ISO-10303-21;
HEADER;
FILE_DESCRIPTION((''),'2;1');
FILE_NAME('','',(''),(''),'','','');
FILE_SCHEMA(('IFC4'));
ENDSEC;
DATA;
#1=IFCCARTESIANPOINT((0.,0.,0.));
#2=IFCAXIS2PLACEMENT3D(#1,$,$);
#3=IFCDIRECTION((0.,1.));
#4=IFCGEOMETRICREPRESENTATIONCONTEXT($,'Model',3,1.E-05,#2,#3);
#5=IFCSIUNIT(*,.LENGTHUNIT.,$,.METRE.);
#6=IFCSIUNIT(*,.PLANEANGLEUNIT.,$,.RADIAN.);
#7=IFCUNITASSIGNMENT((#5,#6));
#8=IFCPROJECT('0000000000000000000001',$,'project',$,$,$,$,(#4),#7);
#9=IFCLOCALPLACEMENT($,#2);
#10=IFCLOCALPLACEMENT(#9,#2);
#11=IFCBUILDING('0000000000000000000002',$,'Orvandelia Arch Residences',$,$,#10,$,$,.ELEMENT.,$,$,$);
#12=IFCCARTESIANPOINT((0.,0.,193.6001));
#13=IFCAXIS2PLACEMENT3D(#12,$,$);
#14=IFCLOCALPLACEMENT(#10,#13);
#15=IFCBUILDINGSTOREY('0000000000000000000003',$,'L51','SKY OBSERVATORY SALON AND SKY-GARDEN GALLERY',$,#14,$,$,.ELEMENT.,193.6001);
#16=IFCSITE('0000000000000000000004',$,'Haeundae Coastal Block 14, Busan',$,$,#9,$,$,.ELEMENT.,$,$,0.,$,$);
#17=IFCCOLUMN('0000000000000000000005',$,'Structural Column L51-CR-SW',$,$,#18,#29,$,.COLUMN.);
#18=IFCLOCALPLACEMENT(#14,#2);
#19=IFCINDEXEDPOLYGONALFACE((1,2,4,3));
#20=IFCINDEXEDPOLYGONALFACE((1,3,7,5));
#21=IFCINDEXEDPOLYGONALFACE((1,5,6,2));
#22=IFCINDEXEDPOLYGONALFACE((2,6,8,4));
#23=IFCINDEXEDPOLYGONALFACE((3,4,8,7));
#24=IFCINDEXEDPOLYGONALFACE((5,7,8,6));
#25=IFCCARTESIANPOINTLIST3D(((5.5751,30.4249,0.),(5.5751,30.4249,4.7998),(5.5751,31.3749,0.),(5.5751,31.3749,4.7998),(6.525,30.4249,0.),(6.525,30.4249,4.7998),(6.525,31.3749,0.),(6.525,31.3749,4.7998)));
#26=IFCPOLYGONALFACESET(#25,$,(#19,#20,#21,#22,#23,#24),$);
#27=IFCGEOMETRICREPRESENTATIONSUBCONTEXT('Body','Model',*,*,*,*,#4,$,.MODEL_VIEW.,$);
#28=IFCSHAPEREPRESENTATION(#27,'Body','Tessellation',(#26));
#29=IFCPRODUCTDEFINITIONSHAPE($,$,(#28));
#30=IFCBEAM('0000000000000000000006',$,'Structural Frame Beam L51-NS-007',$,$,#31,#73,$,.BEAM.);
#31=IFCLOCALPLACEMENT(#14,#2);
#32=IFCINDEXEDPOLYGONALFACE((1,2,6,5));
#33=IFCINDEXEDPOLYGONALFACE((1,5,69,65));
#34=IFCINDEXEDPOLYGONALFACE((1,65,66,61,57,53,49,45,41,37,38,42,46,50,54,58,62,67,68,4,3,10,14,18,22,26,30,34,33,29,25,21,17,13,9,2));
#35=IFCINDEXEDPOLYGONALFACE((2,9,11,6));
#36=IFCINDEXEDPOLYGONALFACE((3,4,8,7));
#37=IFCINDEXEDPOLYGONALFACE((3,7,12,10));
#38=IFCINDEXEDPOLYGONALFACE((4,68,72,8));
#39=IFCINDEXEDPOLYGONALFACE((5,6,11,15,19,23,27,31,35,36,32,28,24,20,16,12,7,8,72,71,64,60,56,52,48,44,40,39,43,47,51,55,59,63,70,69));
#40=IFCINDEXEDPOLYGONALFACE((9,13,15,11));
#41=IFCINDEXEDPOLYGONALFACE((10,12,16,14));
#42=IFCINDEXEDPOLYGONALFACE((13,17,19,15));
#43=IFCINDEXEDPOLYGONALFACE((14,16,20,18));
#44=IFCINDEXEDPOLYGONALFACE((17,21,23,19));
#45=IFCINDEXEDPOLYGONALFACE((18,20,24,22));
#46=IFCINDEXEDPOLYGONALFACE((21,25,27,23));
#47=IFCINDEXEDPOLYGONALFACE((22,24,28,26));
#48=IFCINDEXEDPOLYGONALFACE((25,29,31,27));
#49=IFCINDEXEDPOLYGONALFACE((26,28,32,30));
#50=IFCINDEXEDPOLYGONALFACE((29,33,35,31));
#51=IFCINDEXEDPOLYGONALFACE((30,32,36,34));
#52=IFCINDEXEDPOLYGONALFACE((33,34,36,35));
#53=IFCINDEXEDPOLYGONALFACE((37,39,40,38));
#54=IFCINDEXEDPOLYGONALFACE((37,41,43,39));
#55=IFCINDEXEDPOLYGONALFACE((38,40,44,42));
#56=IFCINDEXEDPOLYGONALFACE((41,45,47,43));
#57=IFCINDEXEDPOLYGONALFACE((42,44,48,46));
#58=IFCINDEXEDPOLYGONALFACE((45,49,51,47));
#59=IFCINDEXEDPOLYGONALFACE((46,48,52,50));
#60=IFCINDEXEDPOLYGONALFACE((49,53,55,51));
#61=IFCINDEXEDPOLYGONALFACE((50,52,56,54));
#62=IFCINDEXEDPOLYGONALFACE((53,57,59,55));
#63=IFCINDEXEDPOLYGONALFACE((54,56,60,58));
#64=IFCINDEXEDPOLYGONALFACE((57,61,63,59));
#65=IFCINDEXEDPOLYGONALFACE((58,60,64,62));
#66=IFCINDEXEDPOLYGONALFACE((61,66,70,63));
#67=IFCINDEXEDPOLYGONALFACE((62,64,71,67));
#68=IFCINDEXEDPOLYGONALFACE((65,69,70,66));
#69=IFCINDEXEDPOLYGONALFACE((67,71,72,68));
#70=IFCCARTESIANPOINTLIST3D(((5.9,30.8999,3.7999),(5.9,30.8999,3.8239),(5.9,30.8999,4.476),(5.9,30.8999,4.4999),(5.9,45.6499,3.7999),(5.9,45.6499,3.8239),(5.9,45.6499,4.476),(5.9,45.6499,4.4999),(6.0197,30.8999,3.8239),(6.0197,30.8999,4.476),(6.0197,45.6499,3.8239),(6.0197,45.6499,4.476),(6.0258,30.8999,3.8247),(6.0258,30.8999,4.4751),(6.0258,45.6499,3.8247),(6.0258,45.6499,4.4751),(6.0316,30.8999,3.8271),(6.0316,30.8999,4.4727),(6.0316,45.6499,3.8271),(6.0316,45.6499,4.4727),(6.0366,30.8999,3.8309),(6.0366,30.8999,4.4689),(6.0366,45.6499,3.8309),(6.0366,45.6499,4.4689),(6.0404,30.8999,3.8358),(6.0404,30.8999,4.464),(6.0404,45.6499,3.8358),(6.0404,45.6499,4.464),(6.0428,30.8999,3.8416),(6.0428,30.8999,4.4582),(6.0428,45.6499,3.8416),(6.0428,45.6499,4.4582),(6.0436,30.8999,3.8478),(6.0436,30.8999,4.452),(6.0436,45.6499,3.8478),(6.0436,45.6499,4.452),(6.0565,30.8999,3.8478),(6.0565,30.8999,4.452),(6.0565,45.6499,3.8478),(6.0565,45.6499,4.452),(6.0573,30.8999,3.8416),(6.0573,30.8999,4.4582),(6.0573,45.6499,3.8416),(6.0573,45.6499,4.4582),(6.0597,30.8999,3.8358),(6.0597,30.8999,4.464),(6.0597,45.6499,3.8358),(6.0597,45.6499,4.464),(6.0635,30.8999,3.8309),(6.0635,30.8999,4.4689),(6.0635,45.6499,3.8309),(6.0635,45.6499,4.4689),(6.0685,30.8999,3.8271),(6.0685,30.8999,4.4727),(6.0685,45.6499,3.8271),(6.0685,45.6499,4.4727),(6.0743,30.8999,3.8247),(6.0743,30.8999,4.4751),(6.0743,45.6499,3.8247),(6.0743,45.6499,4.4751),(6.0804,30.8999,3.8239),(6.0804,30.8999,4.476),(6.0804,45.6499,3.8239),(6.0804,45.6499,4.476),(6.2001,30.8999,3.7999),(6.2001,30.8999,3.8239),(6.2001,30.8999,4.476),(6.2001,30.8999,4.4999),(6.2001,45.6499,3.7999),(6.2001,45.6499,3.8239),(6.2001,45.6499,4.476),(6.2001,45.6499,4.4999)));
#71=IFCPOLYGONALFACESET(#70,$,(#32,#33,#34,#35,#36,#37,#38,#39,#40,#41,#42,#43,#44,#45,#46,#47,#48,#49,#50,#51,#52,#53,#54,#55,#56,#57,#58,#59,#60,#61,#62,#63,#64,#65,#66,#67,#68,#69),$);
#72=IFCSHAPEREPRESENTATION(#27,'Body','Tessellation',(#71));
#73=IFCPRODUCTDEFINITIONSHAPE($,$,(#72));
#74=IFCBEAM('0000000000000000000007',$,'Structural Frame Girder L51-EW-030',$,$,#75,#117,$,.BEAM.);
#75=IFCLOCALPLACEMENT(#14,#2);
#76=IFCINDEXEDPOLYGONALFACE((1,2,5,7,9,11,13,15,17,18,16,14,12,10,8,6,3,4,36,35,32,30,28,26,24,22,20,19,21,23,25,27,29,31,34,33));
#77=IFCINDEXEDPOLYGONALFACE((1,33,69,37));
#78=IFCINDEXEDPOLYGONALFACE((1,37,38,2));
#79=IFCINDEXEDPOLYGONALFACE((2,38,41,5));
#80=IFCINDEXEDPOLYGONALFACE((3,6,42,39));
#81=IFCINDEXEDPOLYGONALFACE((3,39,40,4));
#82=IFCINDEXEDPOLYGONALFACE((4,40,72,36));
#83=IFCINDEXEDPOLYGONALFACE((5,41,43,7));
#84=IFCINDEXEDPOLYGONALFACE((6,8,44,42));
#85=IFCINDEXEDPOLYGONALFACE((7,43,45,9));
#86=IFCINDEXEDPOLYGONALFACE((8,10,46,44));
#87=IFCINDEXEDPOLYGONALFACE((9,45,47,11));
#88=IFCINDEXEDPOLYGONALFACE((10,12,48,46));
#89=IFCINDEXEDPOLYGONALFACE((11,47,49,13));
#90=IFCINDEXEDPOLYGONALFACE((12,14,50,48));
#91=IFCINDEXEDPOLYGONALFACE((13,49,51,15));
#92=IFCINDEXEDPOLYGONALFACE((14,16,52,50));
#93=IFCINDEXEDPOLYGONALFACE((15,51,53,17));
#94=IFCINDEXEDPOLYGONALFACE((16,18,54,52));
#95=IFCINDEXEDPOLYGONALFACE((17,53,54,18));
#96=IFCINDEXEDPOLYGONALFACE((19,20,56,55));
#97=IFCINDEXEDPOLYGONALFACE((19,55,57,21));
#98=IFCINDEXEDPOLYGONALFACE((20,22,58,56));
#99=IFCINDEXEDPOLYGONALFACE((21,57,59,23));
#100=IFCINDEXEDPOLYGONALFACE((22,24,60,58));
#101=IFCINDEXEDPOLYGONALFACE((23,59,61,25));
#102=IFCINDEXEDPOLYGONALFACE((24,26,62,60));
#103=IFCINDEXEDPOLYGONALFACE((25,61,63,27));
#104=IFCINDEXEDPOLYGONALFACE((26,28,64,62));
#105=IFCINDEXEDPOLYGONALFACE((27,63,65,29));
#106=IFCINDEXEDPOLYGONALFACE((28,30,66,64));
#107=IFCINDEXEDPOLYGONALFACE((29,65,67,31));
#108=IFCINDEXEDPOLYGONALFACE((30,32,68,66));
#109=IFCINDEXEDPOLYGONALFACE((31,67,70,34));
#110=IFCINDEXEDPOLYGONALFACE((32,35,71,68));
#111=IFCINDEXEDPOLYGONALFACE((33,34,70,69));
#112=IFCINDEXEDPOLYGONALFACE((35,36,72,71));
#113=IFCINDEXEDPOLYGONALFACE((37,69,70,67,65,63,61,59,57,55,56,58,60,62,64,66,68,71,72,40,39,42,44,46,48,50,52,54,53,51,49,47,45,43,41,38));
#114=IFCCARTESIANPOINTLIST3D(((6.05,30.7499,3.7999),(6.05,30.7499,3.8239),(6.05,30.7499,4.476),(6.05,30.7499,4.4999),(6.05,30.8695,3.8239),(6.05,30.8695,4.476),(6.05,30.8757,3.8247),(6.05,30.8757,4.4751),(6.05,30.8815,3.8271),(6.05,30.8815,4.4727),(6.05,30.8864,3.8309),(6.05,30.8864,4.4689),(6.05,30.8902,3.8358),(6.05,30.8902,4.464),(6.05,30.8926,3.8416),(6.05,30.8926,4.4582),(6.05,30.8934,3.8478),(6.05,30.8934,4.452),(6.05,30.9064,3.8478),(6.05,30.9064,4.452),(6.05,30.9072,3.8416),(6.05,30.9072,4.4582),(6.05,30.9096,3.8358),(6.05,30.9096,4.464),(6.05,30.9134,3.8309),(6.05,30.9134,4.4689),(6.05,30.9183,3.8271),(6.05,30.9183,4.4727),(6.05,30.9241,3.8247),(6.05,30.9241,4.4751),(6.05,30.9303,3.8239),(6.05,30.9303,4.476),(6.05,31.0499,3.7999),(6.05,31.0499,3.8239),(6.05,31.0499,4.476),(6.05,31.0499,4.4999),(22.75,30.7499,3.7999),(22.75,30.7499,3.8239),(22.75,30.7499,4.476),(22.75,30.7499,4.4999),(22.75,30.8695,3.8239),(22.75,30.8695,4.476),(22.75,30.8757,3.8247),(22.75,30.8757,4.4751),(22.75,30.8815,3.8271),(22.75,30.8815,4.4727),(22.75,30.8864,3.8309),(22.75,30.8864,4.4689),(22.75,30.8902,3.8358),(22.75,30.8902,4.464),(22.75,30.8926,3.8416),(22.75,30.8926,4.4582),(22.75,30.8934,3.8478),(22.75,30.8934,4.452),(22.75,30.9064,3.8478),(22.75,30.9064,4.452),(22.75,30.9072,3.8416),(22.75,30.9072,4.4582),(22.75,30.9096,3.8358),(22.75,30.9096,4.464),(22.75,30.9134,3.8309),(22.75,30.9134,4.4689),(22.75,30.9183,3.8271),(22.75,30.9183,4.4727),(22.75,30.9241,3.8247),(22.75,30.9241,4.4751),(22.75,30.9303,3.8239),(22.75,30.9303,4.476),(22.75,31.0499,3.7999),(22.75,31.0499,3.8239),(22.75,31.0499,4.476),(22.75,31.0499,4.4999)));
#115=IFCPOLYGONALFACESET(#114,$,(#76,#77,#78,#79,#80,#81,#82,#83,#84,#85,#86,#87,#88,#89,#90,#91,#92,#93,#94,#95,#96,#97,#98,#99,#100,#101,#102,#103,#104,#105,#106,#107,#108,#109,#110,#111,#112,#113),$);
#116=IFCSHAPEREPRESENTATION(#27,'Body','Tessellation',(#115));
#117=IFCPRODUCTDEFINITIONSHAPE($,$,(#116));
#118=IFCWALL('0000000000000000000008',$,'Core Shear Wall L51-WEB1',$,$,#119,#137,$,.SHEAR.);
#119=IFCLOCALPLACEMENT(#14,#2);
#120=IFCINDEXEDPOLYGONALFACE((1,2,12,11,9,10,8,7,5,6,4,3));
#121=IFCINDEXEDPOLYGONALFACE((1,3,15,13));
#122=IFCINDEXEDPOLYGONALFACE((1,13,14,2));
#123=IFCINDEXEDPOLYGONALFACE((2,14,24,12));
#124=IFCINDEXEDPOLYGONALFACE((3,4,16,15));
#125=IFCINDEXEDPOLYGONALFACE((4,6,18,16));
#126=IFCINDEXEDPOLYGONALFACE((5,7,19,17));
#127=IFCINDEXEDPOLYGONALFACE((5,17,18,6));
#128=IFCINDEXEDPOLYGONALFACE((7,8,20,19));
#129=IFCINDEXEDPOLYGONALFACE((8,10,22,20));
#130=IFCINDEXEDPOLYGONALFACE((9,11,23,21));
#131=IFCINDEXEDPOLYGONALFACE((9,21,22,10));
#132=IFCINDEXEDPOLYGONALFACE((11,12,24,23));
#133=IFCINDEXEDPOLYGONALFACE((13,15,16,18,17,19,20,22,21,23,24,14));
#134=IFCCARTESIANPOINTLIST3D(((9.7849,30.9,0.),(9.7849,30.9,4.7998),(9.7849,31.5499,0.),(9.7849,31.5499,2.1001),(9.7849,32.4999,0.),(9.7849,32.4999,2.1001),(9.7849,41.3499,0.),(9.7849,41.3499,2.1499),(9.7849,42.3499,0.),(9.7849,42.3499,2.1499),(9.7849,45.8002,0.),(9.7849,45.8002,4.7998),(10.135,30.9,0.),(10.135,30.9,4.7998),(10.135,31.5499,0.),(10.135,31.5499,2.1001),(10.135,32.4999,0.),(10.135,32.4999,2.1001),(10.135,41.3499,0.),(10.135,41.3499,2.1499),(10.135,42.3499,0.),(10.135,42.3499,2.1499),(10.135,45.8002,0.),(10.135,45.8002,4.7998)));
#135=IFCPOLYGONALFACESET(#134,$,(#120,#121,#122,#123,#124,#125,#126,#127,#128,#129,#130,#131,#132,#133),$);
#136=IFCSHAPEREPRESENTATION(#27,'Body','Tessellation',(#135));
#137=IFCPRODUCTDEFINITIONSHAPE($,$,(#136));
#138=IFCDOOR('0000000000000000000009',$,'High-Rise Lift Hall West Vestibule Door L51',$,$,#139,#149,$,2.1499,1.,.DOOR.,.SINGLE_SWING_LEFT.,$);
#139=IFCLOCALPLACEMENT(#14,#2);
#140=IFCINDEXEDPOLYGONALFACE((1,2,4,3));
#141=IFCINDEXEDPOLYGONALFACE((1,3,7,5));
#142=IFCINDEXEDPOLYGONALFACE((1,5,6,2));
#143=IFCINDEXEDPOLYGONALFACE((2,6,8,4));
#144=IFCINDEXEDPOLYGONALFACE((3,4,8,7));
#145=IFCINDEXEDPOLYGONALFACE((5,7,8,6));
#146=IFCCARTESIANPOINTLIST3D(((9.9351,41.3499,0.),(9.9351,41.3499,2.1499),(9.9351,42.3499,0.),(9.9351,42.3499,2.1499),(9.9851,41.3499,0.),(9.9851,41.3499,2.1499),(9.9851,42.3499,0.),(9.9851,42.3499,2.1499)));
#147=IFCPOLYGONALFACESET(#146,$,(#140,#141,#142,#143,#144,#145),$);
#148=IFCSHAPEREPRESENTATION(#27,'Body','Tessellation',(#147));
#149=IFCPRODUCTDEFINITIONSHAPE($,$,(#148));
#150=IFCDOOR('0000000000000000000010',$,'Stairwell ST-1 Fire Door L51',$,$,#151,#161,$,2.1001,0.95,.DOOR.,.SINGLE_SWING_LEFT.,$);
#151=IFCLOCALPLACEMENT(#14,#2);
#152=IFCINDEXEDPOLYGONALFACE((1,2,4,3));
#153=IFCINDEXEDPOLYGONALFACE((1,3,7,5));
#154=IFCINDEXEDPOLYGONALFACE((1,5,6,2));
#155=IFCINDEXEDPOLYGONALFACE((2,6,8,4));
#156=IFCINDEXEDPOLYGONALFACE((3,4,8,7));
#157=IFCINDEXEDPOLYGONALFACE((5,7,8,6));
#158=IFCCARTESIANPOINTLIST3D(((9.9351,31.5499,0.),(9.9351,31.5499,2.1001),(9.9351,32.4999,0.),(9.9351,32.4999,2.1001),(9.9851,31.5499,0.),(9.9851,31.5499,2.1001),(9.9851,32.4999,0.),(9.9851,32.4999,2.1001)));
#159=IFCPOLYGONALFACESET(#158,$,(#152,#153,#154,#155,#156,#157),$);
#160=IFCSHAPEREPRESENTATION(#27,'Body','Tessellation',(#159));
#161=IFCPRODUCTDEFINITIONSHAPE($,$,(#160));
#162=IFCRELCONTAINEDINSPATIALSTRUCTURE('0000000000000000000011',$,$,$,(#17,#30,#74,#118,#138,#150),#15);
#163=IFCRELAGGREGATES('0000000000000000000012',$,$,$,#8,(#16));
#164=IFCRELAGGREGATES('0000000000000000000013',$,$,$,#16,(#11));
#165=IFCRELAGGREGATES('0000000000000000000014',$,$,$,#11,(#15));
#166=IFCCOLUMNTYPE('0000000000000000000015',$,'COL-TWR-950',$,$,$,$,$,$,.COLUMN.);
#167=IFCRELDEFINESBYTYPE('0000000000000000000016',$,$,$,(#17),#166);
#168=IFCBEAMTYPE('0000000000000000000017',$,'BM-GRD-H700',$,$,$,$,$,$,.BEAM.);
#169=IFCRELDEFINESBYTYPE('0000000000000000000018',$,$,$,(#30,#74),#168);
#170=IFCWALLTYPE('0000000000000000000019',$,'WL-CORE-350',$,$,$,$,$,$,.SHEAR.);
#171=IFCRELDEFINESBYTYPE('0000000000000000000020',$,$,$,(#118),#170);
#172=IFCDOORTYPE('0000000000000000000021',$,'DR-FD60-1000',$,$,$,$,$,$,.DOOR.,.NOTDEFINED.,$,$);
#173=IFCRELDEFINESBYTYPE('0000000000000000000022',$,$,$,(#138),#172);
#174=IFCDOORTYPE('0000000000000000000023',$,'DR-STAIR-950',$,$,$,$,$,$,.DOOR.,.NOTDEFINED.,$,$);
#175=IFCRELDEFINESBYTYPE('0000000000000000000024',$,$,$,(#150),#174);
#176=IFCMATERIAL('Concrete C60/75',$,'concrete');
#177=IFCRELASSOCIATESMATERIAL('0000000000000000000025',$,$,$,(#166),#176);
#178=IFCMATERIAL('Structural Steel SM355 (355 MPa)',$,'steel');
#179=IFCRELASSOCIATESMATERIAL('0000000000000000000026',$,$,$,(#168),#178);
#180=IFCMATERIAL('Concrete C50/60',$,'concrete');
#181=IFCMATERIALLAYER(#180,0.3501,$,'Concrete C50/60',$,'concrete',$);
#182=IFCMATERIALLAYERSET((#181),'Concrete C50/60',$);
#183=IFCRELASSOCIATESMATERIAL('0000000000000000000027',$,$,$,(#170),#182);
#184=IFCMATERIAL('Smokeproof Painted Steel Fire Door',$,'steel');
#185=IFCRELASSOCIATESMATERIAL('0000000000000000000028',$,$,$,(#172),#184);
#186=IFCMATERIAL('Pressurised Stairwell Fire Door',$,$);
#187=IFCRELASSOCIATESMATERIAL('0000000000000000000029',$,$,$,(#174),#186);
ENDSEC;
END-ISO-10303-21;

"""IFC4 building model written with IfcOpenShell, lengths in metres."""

from ifc_helpers import new_model, si_unit, direction, frame, frame_2d, origin, origin_2d, place, context, subcontext, project, spatial, rectangle, i_section, extrude, material, layer, layer_set, material_profile, profile_set, type_object, element, fill, save


model = new_model("IFC4")

# Units and contexts
model_context = context("Model", 3, precision=1e-05, world=origin(), true_north=direction((0.0, 1.0)))
body_context = subcontext(model_context, "Body", "Model", "MODEL_VIEW")
ifc_project = project(units=[si_unit("LENGTHUNIT", "METRE"), si_unit("PLANEANGLEUNIT", "RADIAN")], contexts=[model_context])

# Site, building, storey
site_placement = place(None, origin())
site = spatial("IfcSite", under=ifc_project, at=site_placement, Name="Haeundae Coastal Block 14, Busan", CompositionType="ELEMENT", RefElevation=0.0)
building_placement = place(site_placement, origin())
building = spatial("IfcBuilding", under=site, at=building_placement, Name="Orvandelia Arch Residences", CompositionType="ELEMENT")
storey_placement = place(building_placement, frame((0.0, 0.0, 193.6001)))
storey = spatial("IfcBuildingStorey", under=building, at=storey_placement, Name="L51", Description="SKY OBSERVATORY SALON AND SKY-GARDEN GALLERY", CompositionType="ELEMENT", Elevation=193.6001)

# Column
ifc_material_1 = material(Name="Concrete C60/75", Category="concrete")
ifc_material_profile_1 = material_profile(ifc_material_1, rectangle(XDim=0.95, YDim=0.95, at=origin_2d()), Name="Concrete C60/75", Category="concrete")
ifc_profile_set_1 = profile_set([ifc_material_profile_1], Name="Concrete C60/75")
column_type = type_object("IfcColumnType", Name="COL-TWR-950", PredefinedType="COLUMN", material=ifc_profile_set_1)
column_placement = place(storey_placement, frame((6.05, 30.8999, 0.0), z_axis=(0.0, 0.0, 1.0), x_axis=(1.0, 0.0, 0.0)))
element("IfcColumn", 1, at=column_placement, inside=storey, type_object=column_type, Name="Structural Column L51-CR-SW", PredefinedType="COLUMN", context=body_context, shape_type="SweptSolid", body=[
    extrude(rectangle(XDim=0.95, YDim=0.95, at=origin_2d()), origin(), (0.0, 0.0, 1.0), 4.7998),
])

# Beams
ifc_material_2 = material(Name="Structural Steel SM355 (355 MPa)", Category="steel")
ifc_material_profile_2 = material_profile(ifc_material_2, i_section(OverallWidth=0.3, OverallDepth=0.7, WebThickness=0.0129, FlangeThickness=0.0239, FilletRadius=0.0239, at=origin_2d()), Name="Structural Steel SM355 (355 MPa)", Category="steel")
ifc_profile_set_2 = profile_set([ifc_material_profile_2], Name="Structural Steel SM355 (355 MPa)")
beam_type = type_object("IfcBeamType", Name="BM-GRD-H700", PredefinedType="BEAM", material=ifc_profile_set_2)
beam_1_placement = place(storey_placement, frame((6.05, 30.8999, 4.1499), z_axis=(0.0, 1.0, 0.0), x_axis=(-1.0, 0.0, 0.0)))
element("IfcBeam", 2, at=beam_1_placement, inside=storey, type_object=beam_type, Name="Structural Frame Beam L51-NS-007", PredefinedType="BEAM", context=body_context, shape_type="SweptSolid", body=[
    extrude(i_section(OverallWidth=0.3, OverallDepth=0.7, WebThickness=0.0129, FlangeThickness=0.0239, FilletRadius=0.0239, at=origin_2d()), origin(), (0.0, 0.0, 1.0), 14.75),
])
beam_2_placement = place(storey_placement, frame((6.05, 30.8999, 4.1499), z_axis=(1.0, 0.0, 0.0), x_axis=(0.0, 1.0, 0.0)))
element("IfcBeam", 3, at=beam_2_placement, inside=storey, type_object=beam_type, Name="Structural Frame Girder L51-EW-030", PredefinedType="BEAM", context=body_context, shape_type="SweptSolid", body=[
    extrude(i_section(OverallWidth=0.3, OverallDepth=0.7, WebThickness=0.0129, FlangeThickness=0.0239, FilletRadius=0.0239, at=origin_2d()), origin(), (0.0, 0.0, 1.0), 16.7),
])

# Wall, openings, doors
ifc_material_3 = material(Name="Concrete C50/60", Category="concrete")
ifc_layer_1 = layer(ifc_material_3, 0.3501, Name="Concrete C50/60", Category="concrete")
ifc_layer_set_1 = layer_set([ifc_layer_1], Name="Concrete C50/60")
wall_type_1 = type_object("IfcWallType", Name="WL-CORE-350", PredefinedType="SHEAR", material=ifc_layer_set_1)
wall_1_placement = place(storey_placement, frame((9.96, 30.8999, 0.0), z_axis=(0.0, 0.0, 1.0), x_axis=(0.0, 1.0, 0.0)))
wall_1 = element("IfcWall", 4, at=wall_1_placement, inside=storey, type_object=wall_type_1, Name="Core Shear Wall L51-WEB1", PredefinedType="SHEAR", context=body_context, shape_type="SweptSolid", body=[
    extrude(rectangle(XDim=14.9001, YDim=0.3501, at=frame_2d((7.4502, 0.0))), origin(), (0.0, 0.0, 1.0), 4.7998),
])
opening_1_placement = place(wall_1_placement, frame((0.6499, 0.0, 0.0)))
opening_1 = element("IfcOpeningElement", 5, at=opening_1_placement, cuts=wall_1, PredefinedType="OPENING", context=body_context, shape_type="SweptSolid", body=[
    extrude(rectangle(XDim=0.95, YDim=2.1001, at=frame_2d((0.4751, 1.05))), frame((0.0, 0.1851, 0.0), z_axis=(0.0, -1.0, 0.0), x_axis=(1.0, 0.0, 0.0)), (0.0, 0.0, 1.0), 0.3701),
])
opening_2_placement = place(wall_1_placement, frame((10.45, 0.0, 0.0)))
opening_2 = element("IfcOpeningElement", 6, at=opening_2_placement, cuts=wall_1, PredefinedType="OPENING", context=body_context, shape_type="SweptSolid", body=[
    extrude(rectangle(XDim=1.0, YDim=2.1499, at=frame_2d((0.5, 1.075))), frame((0.0, 0.1851, 0.0), z_axis=(0.0, -1.0, 0.0), x_axis=(1.0, 0.0, 0.0)), (0.0, 0.0, 1.0), 0.3701),
])
ifc_material_4 = material(Name="Smokeproof Painted Steel Fire Door", Category="steel")
door_type_1 = type_object("IfcDoorType", Name="DR-FD60-1000", OperationType="NOTDEFINED", PredefinedType="DOOR", material=ifc_material_4)
door_1_placement = place(opening_2_placement, origin())
door_1 = element("IfcDoor", 7, at=door_1_placement, inside=storey, type_object=door_type_1, Name="High-Rise Lift Hall West Vestibule Door L51", OperationType="SINGLE_SWING_LEFT", OverallHeight=2.1499, OverallWidth=1.0, PredefinedType="DOOR", context=body_context, shape_type="SweptSolid", body=[
    extrude(rectangle(XDim=1.0, YDim=2.1499, at=frame_2d((0.5, 1.075))), frame((0.0, 0.0249, 0.0), z_axis=(0.0, -1.0, 0.0), x_axis=(1.0, 0.0, 0.0)), (0.0, 0.0, 1.0), 0.05),
])
fill(opening_2, door_1)
ifc_material_5 = material(Name="Pressurised Stairwell Fire Door")
door_type_2 = type_object("IfcDoorType", Name="DR-STAIR-950", OperationType="NOTDEFINED", PredefinedType="DOOR", material=ifc_material_5)
door_2_placement = place(opening_1_placement, origin())
door_2 = element("IfcDoor", 8, at=door_2_placement, inside=storey, type_object=door_type_2, Name="Stairwell ST-1 Fire Door L51", OperationType="SINGLE_SWING_LEFT", OverallHeight=2.1001, OverallWidth=0.95, PredefinedType="DOOR", context=body_context, shape_type="SweptSolid", body=[
    extrude(rectangle(XDim=0.95, YDim=2.1001, at=frame_2d((0.4751, 1.05))), frame((0.0, 0.0249, 0.0), z_axis=(0.0, -1.0, 0.0), x_axis=(1.0, 0.0, 0.0)), (0.0, 0.0, 1.0), 0.05),
])
fill(opening_1, door_2)

save(model, "model.ifc")
